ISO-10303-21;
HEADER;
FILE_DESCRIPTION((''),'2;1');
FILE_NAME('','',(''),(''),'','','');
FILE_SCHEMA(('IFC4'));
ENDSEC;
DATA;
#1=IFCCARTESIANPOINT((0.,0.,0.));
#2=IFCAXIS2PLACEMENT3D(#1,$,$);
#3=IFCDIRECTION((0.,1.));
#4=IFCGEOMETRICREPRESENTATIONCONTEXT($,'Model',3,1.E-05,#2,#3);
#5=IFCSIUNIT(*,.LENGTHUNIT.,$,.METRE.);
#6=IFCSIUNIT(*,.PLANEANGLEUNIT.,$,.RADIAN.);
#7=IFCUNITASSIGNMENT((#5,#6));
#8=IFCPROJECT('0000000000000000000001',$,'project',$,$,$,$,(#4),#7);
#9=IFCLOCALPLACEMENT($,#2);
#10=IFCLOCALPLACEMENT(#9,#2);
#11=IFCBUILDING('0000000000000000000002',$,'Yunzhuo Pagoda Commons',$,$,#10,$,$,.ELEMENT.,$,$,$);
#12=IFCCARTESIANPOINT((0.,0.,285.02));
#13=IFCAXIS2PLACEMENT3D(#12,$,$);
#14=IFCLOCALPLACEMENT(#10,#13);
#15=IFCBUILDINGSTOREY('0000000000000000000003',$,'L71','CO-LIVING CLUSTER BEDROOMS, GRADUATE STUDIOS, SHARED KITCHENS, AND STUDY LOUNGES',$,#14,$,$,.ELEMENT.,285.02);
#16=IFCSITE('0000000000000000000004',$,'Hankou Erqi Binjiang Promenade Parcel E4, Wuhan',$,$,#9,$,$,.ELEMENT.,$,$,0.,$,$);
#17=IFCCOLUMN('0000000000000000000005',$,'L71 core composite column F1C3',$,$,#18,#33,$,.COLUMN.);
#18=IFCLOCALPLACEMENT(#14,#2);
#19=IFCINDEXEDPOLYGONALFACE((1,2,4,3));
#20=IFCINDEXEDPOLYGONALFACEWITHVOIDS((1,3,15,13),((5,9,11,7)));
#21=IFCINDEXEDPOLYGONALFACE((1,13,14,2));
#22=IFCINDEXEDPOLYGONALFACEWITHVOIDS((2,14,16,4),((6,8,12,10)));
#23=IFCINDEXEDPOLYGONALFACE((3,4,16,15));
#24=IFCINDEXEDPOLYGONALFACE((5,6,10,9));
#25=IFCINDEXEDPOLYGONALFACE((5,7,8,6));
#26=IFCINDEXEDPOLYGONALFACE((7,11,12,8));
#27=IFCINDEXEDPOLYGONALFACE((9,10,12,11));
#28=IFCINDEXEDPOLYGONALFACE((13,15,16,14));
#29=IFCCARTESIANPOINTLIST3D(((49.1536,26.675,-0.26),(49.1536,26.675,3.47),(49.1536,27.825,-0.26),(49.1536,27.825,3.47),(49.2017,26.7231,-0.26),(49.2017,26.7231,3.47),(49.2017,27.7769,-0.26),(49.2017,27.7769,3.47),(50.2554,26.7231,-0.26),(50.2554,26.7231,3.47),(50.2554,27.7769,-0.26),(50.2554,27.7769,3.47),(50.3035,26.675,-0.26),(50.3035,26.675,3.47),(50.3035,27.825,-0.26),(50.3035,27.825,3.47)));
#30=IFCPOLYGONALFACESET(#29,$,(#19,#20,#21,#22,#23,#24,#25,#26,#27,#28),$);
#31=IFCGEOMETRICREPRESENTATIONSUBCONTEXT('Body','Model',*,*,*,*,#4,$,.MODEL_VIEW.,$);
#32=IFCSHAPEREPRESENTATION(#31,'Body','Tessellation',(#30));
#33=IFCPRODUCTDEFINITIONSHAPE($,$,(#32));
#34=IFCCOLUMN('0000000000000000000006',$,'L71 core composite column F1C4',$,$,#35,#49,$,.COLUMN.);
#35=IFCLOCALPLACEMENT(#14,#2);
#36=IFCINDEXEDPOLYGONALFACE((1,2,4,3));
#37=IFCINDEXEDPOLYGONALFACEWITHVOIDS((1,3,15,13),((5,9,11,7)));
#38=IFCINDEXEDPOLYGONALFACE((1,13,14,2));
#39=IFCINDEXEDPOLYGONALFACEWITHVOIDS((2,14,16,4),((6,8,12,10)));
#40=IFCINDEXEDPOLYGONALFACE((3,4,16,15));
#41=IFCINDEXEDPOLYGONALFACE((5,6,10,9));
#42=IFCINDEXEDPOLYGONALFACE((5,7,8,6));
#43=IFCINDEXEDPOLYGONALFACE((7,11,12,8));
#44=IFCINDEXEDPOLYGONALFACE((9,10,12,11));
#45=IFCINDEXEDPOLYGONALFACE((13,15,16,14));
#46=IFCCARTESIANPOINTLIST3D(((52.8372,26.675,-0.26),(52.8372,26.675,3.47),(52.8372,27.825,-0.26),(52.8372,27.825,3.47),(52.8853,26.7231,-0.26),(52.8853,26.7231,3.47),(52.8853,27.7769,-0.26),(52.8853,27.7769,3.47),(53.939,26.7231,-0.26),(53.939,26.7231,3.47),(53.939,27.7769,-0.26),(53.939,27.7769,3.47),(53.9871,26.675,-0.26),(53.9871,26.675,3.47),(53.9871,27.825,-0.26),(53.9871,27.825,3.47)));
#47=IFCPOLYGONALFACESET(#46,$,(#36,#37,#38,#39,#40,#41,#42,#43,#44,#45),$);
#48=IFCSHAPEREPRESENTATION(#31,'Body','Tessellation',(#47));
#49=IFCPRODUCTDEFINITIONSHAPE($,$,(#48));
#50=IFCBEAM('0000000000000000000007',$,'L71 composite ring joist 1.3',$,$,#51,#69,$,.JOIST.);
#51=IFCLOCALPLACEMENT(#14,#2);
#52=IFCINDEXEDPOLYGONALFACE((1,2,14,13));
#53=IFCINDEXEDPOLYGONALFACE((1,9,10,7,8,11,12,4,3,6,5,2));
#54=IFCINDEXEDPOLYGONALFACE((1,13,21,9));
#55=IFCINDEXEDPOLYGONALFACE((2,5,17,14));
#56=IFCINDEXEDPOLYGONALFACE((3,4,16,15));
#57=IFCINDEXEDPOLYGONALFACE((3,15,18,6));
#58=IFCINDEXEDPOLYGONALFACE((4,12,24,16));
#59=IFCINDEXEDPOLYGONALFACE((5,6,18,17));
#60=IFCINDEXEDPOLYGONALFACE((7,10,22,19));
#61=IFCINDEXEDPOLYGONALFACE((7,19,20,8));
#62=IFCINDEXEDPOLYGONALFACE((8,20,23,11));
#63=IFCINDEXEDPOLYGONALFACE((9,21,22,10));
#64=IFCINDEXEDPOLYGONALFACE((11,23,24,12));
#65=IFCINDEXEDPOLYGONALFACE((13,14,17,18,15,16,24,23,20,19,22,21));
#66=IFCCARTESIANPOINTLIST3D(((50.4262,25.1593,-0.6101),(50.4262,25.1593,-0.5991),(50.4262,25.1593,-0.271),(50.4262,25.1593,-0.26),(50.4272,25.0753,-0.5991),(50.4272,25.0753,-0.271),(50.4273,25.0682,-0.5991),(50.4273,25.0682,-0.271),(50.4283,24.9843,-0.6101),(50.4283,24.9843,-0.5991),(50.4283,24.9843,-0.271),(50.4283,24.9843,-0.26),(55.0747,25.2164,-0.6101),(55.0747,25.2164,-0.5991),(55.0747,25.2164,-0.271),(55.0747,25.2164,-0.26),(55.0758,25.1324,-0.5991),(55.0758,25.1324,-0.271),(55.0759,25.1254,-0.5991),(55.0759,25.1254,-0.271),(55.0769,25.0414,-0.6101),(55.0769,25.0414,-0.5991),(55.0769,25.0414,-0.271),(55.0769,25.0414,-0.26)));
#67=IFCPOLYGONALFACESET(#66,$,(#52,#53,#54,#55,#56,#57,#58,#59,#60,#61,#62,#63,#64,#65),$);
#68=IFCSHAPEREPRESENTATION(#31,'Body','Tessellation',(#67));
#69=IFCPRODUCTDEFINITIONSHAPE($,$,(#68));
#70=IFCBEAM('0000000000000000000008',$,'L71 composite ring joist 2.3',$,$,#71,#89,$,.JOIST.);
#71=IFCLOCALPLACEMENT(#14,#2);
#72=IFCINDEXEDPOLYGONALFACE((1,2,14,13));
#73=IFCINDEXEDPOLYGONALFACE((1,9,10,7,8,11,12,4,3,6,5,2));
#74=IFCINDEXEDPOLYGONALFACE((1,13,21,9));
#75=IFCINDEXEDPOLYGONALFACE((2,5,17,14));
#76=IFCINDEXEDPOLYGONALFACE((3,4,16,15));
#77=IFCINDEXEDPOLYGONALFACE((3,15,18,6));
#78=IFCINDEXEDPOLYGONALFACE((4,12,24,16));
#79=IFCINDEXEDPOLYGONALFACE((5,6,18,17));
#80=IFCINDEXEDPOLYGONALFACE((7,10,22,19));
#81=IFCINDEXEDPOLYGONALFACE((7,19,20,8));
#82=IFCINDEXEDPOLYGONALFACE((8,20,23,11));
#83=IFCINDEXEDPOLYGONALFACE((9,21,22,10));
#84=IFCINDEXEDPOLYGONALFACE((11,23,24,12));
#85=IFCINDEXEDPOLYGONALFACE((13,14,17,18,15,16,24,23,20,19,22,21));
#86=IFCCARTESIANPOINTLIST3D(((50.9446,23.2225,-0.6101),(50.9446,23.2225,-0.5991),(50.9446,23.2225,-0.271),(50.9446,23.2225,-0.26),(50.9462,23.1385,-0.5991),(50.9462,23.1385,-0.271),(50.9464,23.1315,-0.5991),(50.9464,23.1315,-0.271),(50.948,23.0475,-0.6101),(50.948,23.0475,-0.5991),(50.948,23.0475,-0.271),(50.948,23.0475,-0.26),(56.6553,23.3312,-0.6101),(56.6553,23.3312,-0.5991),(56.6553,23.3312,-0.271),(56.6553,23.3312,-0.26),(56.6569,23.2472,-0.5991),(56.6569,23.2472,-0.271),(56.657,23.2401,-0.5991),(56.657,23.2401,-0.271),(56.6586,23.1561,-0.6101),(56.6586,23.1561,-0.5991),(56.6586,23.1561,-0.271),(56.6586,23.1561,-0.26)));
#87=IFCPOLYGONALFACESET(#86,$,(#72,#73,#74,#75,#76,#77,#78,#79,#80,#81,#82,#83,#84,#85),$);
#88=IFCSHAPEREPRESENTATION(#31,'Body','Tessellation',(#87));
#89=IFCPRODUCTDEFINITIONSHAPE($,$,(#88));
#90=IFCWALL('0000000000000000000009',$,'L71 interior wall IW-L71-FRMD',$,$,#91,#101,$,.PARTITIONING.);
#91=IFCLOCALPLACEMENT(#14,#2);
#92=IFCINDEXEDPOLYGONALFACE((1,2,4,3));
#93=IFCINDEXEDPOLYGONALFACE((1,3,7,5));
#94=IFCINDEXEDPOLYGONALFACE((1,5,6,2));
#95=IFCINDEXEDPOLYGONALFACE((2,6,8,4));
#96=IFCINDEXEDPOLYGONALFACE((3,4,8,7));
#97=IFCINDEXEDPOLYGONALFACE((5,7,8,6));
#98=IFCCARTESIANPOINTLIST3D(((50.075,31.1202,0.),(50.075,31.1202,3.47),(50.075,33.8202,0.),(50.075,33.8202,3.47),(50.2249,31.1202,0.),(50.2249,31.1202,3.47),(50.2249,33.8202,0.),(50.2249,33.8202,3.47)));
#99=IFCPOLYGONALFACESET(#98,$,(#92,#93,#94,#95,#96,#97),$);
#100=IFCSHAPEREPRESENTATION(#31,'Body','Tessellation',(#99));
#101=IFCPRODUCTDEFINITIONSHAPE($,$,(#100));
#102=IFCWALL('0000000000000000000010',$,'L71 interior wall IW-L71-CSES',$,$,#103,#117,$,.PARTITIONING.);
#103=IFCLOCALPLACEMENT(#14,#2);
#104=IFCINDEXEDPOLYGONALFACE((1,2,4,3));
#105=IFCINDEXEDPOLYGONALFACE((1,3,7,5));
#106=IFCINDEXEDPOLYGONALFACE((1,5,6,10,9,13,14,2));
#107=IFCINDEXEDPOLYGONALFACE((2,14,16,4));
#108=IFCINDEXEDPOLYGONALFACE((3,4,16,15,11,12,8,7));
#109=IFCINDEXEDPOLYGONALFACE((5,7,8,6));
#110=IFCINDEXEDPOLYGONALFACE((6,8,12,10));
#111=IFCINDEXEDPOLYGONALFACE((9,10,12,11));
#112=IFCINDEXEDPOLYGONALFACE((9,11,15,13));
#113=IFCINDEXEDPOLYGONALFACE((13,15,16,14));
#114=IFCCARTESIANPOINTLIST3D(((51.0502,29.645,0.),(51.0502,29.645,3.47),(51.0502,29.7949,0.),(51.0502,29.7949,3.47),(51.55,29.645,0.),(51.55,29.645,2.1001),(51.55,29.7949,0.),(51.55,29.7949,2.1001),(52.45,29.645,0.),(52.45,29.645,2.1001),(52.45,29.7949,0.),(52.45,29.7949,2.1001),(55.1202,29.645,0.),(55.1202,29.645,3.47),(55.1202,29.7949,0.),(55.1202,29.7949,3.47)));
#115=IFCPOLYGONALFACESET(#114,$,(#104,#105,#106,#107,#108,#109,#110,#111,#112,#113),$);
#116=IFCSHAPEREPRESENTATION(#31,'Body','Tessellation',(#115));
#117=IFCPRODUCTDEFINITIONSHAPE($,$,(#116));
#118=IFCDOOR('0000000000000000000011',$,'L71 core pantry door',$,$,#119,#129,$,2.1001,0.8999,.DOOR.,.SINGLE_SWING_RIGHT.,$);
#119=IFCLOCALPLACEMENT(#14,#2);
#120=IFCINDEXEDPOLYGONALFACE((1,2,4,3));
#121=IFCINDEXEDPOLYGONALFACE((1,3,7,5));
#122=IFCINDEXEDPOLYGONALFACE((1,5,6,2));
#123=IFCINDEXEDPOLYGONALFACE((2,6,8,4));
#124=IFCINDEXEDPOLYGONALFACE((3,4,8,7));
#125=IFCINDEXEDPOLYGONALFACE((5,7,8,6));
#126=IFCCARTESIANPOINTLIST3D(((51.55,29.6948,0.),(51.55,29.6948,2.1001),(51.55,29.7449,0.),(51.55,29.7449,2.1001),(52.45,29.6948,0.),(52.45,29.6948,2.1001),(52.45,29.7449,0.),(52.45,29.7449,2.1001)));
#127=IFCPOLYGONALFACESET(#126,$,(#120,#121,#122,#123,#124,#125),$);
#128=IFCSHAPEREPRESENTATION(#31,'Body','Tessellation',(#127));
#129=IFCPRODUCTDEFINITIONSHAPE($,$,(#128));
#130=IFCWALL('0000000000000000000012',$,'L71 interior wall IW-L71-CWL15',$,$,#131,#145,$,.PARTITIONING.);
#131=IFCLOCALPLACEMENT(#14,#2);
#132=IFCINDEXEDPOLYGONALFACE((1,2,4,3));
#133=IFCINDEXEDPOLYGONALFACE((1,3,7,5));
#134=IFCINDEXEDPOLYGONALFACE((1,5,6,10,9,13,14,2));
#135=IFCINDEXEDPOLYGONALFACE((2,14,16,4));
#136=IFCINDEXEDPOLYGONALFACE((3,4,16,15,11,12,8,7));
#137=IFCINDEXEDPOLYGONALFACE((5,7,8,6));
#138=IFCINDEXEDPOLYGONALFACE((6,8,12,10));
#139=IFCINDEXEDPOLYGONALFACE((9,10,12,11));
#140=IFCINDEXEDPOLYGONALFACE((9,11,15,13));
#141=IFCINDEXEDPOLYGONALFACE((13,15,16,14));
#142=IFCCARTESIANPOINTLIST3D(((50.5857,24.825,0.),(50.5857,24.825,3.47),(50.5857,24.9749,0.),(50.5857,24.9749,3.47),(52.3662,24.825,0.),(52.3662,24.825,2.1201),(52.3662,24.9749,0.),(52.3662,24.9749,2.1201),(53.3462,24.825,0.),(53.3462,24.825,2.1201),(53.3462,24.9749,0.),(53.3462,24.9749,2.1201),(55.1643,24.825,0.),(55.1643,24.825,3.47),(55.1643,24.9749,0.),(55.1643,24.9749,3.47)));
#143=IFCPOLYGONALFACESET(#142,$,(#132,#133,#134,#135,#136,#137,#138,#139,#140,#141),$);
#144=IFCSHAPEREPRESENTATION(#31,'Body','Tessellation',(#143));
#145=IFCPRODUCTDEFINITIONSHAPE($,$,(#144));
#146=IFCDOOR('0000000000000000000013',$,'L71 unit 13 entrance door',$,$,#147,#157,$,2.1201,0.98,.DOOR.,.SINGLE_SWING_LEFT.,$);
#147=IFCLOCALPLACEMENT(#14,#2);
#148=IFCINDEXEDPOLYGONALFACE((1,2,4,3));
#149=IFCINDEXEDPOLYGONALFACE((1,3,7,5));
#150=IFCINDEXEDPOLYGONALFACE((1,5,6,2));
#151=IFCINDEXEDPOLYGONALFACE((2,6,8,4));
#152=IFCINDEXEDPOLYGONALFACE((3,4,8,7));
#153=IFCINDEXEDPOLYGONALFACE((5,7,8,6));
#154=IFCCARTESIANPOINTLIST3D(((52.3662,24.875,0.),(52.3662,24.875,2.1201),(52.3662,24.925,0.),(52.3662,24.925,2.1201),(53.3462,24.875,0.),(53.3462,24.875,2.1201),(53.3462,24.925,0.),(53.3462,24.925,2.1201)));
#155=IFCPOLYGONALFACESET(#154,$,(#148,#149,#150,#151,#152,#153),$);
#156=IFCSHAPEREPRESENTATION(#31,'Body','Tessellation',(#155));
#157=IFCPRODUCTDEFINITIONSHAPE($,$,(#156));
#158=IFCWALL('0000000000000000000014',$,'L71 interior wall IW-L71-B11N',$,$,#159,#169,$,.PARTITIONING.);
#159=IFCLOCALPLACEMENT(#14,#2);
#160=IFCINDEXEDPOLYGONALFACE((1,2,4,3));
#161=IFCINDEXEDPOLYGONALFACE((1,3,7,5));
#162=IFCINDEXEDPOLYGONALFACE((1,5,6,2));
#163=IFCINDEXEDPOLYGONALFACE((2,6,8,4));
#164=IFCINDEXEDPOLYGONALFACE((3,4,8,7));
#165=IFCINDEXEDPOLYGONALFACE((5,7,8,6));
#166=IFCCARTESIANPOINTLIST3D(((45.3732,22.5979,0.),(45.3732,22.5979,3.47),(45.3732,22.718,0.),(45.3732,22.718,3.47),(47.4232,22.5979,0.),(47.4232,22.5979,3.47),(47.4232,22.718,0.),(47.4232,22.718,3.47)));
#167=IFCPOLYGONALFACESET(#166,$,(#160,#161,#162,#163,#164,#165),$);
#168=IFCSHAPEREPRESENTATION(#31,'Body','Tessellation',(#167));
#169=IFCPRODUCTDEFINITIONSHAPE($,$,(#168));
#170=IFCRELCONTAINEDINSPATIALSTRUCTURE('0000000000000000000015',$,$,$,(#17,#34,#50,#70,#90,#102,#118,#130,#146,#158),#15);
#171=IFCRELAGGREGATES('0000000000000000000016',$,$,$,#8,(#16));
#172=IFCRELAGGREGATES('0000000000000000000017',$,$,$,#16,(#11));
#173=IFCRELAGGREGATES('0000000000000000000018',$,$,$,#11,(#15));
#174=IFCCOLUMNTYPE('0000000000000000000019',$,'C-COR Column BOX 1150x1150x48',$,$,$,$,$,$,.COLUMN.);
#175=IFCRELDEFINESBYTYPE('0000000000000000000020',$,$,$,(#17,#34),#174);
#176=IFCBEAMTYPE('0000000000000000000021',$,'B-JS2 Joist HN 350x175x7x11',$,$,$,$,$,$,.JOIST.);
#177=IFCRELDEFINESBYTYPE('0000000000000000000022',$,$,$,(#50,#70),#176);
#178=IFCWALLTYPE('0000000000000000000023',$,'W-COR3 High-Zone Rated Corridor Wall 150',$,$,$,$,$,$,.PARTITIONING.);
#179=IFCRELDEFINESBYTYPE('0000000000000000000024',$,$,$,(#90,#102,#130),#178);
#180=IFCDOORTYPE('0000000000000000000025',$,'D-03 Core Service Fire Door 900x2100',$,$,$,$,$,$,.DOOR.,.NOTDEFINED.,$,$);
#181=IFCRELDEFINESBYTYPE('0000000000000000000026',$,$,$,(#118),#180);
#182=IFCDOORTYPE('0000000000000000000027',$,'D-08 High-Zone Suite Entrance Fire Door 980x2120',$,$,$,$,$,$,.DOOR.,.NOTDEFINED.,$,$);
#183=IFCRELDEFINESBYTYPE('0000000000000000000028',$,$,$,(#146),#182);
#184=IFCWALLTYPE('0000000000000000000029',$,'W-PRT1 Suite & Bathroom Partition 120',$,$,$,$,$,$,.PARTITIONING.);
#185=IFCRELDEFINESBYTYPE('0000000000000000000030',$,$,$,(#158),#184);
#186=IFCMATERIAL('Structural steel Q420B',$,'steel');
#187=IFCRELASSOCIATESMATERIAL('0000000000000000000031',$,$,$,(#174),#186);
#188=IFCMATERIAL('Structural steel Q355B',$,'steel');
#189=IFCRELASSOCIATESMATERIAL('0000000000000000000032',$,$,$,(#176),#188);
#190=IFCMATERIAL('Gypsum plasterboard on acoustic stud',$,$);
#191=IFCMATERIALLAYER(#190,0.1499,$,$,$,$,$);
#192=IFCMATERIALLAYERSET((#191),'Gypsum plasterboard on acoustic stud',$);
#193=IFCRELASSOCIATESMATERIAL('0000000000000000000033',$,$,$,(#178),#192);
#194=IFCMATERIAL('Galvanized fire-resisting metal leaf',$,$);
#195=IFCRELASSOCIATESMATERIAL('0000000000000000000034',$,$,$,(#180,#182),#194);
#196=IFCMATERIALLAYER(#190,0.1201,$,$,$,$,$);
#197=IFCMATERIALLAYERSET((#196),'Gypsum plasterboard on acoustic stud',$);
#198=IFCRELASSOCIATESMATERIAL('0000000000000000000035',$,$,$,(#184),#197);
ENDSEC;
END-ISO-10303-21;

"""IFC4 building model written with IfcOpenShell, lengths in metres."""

from ifc_helpers import new_model, si_unit, direction, frame, frame_2d, origin, origin_with_axes, origin_2d, place, context, subcontext, project, spatial, rectangle, hollow_rectangle, i_section, extrude, source, transform, mapped, material, layer, layer_set, material_profile, profile_set, type_object, element, fill, save


model = new_model("IFC4")

# Units and contexts
model_context = context("Model", 3, precision=1e-05, world=origin(), true_north=direction((0.0, 1.0)))
body_context = subcontext(model_context, "Body", "Model", "MODEL_VIEW")
ifc_project = project(units=[si_unit("LENGTHUNIT", "METRE"), si_unit("PLANEANGLEUNIT", "RADIAN")], contexts=[model_context])

# Site, building, storey
site_placement = place(None, origin())
site = spatial("IfcSite", under=ifc_project, at=site_placement, Name="Hankou Erqi Binjiang Promenade Parcel E4, Wuhan", CompositionType="ELEMENT", RefElevation=0.0)
building_placement = place(site_placement, origin())
building = spatial("IfcBuilding", under=site, at=building_placement, Name="Yunzhuo Pagoda Commons", CompositionType="ELEMENT")
storey_placement = place(building_placement, frame((0.0, 0.0, 285.02)))
storey = spatial("IfcBuildingStorey", under=building, at=storey_placement, Name="L71", Description="CO-LIVING CLUSTER BEDROOMS, GRADUATE STUDIOS, SHARED KITCHENS, AND STUDY LOUNGES", CompositionType="ELEMENT", Elevation=285.02)

# Columns
ifc_material_1 = material(Name="Structural steel Q420B", Category="steel")
ifc_material_profile_1 = material_profile(ifc_material_1, hollow_rectangle(XDim=1.1499, YDim=1.1499, WallThickness=0.0481, at=origin_2d()), Name="Structural steel Q420B")
ifc_profile_set_1 = profile_set([ifc_material_profile_1], Name="Structural steel Q420B")
column_type = type_object("IfcColumnType", Name="C-COR Column BOX 1150x1150x48", PredefinedType="COLUMN", material=ifc_profile_set_1)
shared_shape_1 = source(origin(), body_context, "Body", "SweptSolid", [
    extrude(hollow_rectangle(XDim=1.1499, YDim=1.1499, WallThickness=0.0481, at=origin_2d()), origin(), (0.0, 0.0, 1.0), 3.73),
])
for number, where, z_axis, x_axis, name in (
    (1, (49.7285, 27.25, -0.26), (0.0, 0.0, 1.0), (1.0, 0.0, 0.0), "L71 core composite column F1C3"),
    (2, (53.4121, 27.25, -0.26), (0.0, 0.0, 1.0), (1.0, 0.0, 0.0), "L71 core composite column F1C4"),
):
    element("IfcColumn", number, at=place(storey_placement, frame(where, z_axis=z_axis, x_axis=x_axis)), inside=storey, type_object=column_type, Name=name, PredefinedType="COLUMN", context=body_context, shape_type="MappedRepresentation", body=[
        mapped(shared_shape_1, transform((0.0, 0.0, 0.0), scale=1.0)),
    ])

# Beams
ifc_material_2 = material(Name="Structural steel Q355B", Category="steel")
ifc_material_profile_2 = material_profile(ifc_material_2, i_section(OverallWidth=0.175, OverallDepth=0.3501, WebThickness=0.0071, FlangeThickness=0.011, at=origin_2d()), Name="Structural steel Q355B")
ifc_profile_set_2 = profile_set([ifc_material_profile_2], Name="Structural steel Q355B")
beam_type = type_object("IfcBeamType", Name="B-JS2 Joist HN 350x175x7x11", PredefinedType="JOIST", material=ifc_profile_set_2)
shared_shape_2 = source(origin(), body_context, "Body", "SweptSolid", [
    extrude(i_section(OverallWidth=0.175, OverallDepth=0.3501, WebThickness=0.0071, FlangeThickness=0.011, at=origin_2d()), origin(), (0.0, 0.0, 1.0), 4.6489),
])
beam_1_placement = place(storey_placement, frame((50.4272, 25.0718, -0.4351), z_axis=(0.999924, 0.012288, 0.0), x_axis=(-0.012288, 0.999924, 0.0)))
element("IfcBeam", 3, at=beam_1_placement, inside=storey, type_object=beam_type, Name="L71 composite ring joist 1.3", PredefinedType="JOIST", context=body_context, shape_type="MappedRepresentation", body=[
    mapped(shared_shape_2, transform((0.0, 0.0, 0.0), scale=1.0)),
])
shared_shape_3 = source(origin(), body_context, "Body", "SweptSolid", [
    extrude(i_section(OverallWidth=0.175, OverallDepth=0.3501, WebThickness=0.0071, FlangeThickness=0.011, at=origin_2d()), origin(), (0.0, 0.0, 1.0), 5.7117),
])
beam_2_placement = place(storey_placement, frame((50.9463, 23.135, -0.4351), z_axis=(0.999819, 0.019021, 0.0), x_axis=(-0.019021, 0.999819, 0.0)))
element("IfcBeam", 4, at=beam_2_placement, inside=storey, type_object=beam_type, Name="L71 composite ring joist 2.3", PredefinedType="JOIST", context=body_context, shape_type="MappedRepresentation", body=[
    mapped(shared_shape_3, transform((0.0, 0.0, 0.0), scale=1.0)),
])

# Wall
ifc_material_3 = material(Name="Gypsum plasterboard on acoustic stud")
ifc_layer_1 = layer(ifc_material_3, 0.1499)
ifc_layer_set_1 = layer_set([ifc_layer_1], Name="Gypsum plasterboard on acoustic stud")
wall_type_1 = type_object("IfcWallType", Name="W-COR3 High-Zone Rated Corridor Wall 150", PredefinedType="PARTITIONING", material=ifc_layer_set_1)
wall_1_placement = place(storey_placement, frame((50.1499, 31.1201, 0.0), z_axis=(0.0, 0.0, 1.0), x_axis=(0.0, 1.0, 0.0)))
element("IfcWall", 5, at=wall_1_placement, inside=storey, type_object=wall_type_1, Name="L71 interior wall IW-L71-FRMD", PredefinedType="PARTITIONING", context=body_context, shape_type="SweptSolid", body=[
    extrude(rectangle(XDim=2.7, YDim=0.1499, at=frame_2d((1.3501, 0.0))), origin(), (0.0, 0.0, 1.0), 3.47),
])

# Walls, openings, doors
wall_2_placement = place(storey_placement, frame((51.05, 29.72, 0.0), z_axis=(0.0, 0.0, 1.0), x_axis=(1.0, 0.0, 0.0)))
wall_2 = element("IfcWall", 6, at=wall_2_placement, inside=storey, type_object=wall_type_1, Name="L71 interior wall IW-L71-CSES", PredefinedType="PARTITIONING", context=body_context, shape_type="SweptSolid", body=[
    extrude(rectangle(XDim=4.0701, YDim=0.1499, at=frame_2d((2.0352, 0.0))), origin(), (0.0, 0.0, 1.0), 3.47),
])
opening_1_placement = place(wall_2_placement, frame((0.5, 0.0, 0.0)))
opening_1 = element("IfcOpeningElement", 7, at=opening_1_placement, cuts=wall_2, PredefinedType="OPENING", context=body_context, shape_type="SweptSolid", body=[
    extrude(rectangle(XDim=0.8999, YDim=2.1001, at=frame_2d((0.45, 1.05))), frame((0.0, 0.085, 0.0), z_axis=(0.0, -1.0, 0.0), x_axis=(1.0, 0.0, 0.0)), (0.0, 0.0, 1.0), 0.1699),
])
ifc_material_4 = material(Name="Galvanized fire-resisting metal leaf")
door_type_1 = type_object("IfcDoorType", Name="D-03 Core Service Fire Door 900x2100", OperationType="NOTDEFINED", PredefinedType="DOOR", material=ifc_material_4)
shared_shape_4 = source(origin(), body_context, "Body", "SweptSolid", [
    extrude(rectangle(XDim=0.8999, YDim=2.1001, at=frame_2d((0.45, 1.05))), frame((0.0, 0.0249, 0.0), z_axis=(0.0, -1.0, 0.0), x_axis=(1.0, 0.0, 0.0)), (0.0, 0.0, 1.0), 0.05),
])
door_1_placement = place(opening_1_placement, origin_with_axes())
door_1 = element("IfcDoor", 8, at=door_1_placement, inside=storey, type_object=door_type_1, Name="L71 core pantry door", OperationType="SINGLE_SWING_RIGHT", OverallHeight=2.1001, OverallWidth=0.8999, PredefinedType="DOOR", context=body_context, shape_type="MappedRepresentation", body=[
    mapped(shared_shape_4, transform((0.0, 0.0, 0.0), scale=1.0)),
])
fill(opening_1, door_1)
wall_3_placement = place(storey_placement, frame((55.1643, 24.8999, 0.0), z_axis=(0.0, 0.0, 1.0), x_axis=(-1.0, 0.0, 0.0)))
wall_3 = element("IfcWall", 9, at=wall_3_placement, inside=storey, type_object=wall_type_1, Name="L71 interior wall IW-L71-CWL15", PredefinedType="PARTITIONING", context=body_context, shape_type="SweptSolid", body=[
    extrude(rectangle(XDim=4.5786, YDim=0.1499, at=frame_2d((2.2893, 0.0))), origin(), (0.0, 0.0, 1.0), 3.47),
])
opening_2_placement = place(wall_3_placement, frame((1.8181, 0.0, 0.0)))
opening_2 = element("IfcOpeningElement", 10, at=opening_2_placement, cuts=wall_3, PredefinedType="OPENING", context=body_context, shape_type="SweptSolid", body=[
    extrude(rectangle(XDim=0.98, YDim=2.1201, at=frame_2d((0.49, 1.0601))), frame((0.0, 0.085, 0.0), z_axis=(0.0, -1.0, 0.0), x_axis=(1.0, 0.0, 0.0)), (0.0, 0.0, 1.0), 0.1699),
])
door_type_2 = type_object("IfcDoorType", Name="D-08 High-Zone Suite Entrance Fire Door 980x2120", OperationType="NOTDEFINED", PredefinedType="DOOR", material=ifc_material_4)
shared_shape_5 = source(origin(), body_context, "Body", "SweptSolid", [
    extrude(rectangle(XDim=0.98, YDim=2.1201, at=frame_2d((0.49, 1.0601))), frame((0.0, 0.0249, 0.0), z_axis=(0.0, -1.0, 0.0), x_axis=(1.0, 0.0, 0.0)), (0.0, 0.0, 1.0), 0.05),
])
door_2_placement = place(opening_2_placement, origin_with_axes())
door_2 = element("IfcDoor", 11, at=door_2_placement, inside=storey, type_object=door_type_2, Name="L71 unit 13 entrance door", OperationType="SINGLE_SWING_LEFT", OverallHeight=2.1201, OverallWidth=0.98, PredefinedType="DOOR", context=body_context, shape_type="MappedRepresentation", body=[
    mapped(shared_shape_5, transform((0.0, 0.0, 0.0), scale=1.0)),
])
fill(opening_2, door_2)

# Wall
ifc_layer_2 = layer(ifc_material_3, 0.1201)
ifc_layer_set_2 = layer_set([ifc_layer_2], Name="Gypsum plasterboard on acoustic stud")
wall_type_2 = type_object("IfcWallType", Name="W-PRT1 Suite & Bathroom Partition 120", PredefinedType="PARTITIONING", material=ifc_layer_set_2)
for number, where, z_axis, x_axis, name in (
    (12, (47.4231, 22.658, 0.0), (0.0, 0.0, 1.0), (-1.0, 0.0, 0.0), "L71 interior wall IW-L71-B11N"),
):
    element("IfcWall", number, at=place(storey_placement, frame(where, z_axis=z_axis, x_axis=x_axis)), inside=storey, type_object=wall_type_2, Name=name, PredefinedType="PARTITIONING", context=body_context, shape_type="SweptSolid", body=[
        extrude(rectangle(XDim=2.05, YDim=0.1201, at=frame_2d((1.0249, 0.0))), origin(), (0.0, 0.0, 1.0), 3.47),
    ])

save(model, "model.ifc")
